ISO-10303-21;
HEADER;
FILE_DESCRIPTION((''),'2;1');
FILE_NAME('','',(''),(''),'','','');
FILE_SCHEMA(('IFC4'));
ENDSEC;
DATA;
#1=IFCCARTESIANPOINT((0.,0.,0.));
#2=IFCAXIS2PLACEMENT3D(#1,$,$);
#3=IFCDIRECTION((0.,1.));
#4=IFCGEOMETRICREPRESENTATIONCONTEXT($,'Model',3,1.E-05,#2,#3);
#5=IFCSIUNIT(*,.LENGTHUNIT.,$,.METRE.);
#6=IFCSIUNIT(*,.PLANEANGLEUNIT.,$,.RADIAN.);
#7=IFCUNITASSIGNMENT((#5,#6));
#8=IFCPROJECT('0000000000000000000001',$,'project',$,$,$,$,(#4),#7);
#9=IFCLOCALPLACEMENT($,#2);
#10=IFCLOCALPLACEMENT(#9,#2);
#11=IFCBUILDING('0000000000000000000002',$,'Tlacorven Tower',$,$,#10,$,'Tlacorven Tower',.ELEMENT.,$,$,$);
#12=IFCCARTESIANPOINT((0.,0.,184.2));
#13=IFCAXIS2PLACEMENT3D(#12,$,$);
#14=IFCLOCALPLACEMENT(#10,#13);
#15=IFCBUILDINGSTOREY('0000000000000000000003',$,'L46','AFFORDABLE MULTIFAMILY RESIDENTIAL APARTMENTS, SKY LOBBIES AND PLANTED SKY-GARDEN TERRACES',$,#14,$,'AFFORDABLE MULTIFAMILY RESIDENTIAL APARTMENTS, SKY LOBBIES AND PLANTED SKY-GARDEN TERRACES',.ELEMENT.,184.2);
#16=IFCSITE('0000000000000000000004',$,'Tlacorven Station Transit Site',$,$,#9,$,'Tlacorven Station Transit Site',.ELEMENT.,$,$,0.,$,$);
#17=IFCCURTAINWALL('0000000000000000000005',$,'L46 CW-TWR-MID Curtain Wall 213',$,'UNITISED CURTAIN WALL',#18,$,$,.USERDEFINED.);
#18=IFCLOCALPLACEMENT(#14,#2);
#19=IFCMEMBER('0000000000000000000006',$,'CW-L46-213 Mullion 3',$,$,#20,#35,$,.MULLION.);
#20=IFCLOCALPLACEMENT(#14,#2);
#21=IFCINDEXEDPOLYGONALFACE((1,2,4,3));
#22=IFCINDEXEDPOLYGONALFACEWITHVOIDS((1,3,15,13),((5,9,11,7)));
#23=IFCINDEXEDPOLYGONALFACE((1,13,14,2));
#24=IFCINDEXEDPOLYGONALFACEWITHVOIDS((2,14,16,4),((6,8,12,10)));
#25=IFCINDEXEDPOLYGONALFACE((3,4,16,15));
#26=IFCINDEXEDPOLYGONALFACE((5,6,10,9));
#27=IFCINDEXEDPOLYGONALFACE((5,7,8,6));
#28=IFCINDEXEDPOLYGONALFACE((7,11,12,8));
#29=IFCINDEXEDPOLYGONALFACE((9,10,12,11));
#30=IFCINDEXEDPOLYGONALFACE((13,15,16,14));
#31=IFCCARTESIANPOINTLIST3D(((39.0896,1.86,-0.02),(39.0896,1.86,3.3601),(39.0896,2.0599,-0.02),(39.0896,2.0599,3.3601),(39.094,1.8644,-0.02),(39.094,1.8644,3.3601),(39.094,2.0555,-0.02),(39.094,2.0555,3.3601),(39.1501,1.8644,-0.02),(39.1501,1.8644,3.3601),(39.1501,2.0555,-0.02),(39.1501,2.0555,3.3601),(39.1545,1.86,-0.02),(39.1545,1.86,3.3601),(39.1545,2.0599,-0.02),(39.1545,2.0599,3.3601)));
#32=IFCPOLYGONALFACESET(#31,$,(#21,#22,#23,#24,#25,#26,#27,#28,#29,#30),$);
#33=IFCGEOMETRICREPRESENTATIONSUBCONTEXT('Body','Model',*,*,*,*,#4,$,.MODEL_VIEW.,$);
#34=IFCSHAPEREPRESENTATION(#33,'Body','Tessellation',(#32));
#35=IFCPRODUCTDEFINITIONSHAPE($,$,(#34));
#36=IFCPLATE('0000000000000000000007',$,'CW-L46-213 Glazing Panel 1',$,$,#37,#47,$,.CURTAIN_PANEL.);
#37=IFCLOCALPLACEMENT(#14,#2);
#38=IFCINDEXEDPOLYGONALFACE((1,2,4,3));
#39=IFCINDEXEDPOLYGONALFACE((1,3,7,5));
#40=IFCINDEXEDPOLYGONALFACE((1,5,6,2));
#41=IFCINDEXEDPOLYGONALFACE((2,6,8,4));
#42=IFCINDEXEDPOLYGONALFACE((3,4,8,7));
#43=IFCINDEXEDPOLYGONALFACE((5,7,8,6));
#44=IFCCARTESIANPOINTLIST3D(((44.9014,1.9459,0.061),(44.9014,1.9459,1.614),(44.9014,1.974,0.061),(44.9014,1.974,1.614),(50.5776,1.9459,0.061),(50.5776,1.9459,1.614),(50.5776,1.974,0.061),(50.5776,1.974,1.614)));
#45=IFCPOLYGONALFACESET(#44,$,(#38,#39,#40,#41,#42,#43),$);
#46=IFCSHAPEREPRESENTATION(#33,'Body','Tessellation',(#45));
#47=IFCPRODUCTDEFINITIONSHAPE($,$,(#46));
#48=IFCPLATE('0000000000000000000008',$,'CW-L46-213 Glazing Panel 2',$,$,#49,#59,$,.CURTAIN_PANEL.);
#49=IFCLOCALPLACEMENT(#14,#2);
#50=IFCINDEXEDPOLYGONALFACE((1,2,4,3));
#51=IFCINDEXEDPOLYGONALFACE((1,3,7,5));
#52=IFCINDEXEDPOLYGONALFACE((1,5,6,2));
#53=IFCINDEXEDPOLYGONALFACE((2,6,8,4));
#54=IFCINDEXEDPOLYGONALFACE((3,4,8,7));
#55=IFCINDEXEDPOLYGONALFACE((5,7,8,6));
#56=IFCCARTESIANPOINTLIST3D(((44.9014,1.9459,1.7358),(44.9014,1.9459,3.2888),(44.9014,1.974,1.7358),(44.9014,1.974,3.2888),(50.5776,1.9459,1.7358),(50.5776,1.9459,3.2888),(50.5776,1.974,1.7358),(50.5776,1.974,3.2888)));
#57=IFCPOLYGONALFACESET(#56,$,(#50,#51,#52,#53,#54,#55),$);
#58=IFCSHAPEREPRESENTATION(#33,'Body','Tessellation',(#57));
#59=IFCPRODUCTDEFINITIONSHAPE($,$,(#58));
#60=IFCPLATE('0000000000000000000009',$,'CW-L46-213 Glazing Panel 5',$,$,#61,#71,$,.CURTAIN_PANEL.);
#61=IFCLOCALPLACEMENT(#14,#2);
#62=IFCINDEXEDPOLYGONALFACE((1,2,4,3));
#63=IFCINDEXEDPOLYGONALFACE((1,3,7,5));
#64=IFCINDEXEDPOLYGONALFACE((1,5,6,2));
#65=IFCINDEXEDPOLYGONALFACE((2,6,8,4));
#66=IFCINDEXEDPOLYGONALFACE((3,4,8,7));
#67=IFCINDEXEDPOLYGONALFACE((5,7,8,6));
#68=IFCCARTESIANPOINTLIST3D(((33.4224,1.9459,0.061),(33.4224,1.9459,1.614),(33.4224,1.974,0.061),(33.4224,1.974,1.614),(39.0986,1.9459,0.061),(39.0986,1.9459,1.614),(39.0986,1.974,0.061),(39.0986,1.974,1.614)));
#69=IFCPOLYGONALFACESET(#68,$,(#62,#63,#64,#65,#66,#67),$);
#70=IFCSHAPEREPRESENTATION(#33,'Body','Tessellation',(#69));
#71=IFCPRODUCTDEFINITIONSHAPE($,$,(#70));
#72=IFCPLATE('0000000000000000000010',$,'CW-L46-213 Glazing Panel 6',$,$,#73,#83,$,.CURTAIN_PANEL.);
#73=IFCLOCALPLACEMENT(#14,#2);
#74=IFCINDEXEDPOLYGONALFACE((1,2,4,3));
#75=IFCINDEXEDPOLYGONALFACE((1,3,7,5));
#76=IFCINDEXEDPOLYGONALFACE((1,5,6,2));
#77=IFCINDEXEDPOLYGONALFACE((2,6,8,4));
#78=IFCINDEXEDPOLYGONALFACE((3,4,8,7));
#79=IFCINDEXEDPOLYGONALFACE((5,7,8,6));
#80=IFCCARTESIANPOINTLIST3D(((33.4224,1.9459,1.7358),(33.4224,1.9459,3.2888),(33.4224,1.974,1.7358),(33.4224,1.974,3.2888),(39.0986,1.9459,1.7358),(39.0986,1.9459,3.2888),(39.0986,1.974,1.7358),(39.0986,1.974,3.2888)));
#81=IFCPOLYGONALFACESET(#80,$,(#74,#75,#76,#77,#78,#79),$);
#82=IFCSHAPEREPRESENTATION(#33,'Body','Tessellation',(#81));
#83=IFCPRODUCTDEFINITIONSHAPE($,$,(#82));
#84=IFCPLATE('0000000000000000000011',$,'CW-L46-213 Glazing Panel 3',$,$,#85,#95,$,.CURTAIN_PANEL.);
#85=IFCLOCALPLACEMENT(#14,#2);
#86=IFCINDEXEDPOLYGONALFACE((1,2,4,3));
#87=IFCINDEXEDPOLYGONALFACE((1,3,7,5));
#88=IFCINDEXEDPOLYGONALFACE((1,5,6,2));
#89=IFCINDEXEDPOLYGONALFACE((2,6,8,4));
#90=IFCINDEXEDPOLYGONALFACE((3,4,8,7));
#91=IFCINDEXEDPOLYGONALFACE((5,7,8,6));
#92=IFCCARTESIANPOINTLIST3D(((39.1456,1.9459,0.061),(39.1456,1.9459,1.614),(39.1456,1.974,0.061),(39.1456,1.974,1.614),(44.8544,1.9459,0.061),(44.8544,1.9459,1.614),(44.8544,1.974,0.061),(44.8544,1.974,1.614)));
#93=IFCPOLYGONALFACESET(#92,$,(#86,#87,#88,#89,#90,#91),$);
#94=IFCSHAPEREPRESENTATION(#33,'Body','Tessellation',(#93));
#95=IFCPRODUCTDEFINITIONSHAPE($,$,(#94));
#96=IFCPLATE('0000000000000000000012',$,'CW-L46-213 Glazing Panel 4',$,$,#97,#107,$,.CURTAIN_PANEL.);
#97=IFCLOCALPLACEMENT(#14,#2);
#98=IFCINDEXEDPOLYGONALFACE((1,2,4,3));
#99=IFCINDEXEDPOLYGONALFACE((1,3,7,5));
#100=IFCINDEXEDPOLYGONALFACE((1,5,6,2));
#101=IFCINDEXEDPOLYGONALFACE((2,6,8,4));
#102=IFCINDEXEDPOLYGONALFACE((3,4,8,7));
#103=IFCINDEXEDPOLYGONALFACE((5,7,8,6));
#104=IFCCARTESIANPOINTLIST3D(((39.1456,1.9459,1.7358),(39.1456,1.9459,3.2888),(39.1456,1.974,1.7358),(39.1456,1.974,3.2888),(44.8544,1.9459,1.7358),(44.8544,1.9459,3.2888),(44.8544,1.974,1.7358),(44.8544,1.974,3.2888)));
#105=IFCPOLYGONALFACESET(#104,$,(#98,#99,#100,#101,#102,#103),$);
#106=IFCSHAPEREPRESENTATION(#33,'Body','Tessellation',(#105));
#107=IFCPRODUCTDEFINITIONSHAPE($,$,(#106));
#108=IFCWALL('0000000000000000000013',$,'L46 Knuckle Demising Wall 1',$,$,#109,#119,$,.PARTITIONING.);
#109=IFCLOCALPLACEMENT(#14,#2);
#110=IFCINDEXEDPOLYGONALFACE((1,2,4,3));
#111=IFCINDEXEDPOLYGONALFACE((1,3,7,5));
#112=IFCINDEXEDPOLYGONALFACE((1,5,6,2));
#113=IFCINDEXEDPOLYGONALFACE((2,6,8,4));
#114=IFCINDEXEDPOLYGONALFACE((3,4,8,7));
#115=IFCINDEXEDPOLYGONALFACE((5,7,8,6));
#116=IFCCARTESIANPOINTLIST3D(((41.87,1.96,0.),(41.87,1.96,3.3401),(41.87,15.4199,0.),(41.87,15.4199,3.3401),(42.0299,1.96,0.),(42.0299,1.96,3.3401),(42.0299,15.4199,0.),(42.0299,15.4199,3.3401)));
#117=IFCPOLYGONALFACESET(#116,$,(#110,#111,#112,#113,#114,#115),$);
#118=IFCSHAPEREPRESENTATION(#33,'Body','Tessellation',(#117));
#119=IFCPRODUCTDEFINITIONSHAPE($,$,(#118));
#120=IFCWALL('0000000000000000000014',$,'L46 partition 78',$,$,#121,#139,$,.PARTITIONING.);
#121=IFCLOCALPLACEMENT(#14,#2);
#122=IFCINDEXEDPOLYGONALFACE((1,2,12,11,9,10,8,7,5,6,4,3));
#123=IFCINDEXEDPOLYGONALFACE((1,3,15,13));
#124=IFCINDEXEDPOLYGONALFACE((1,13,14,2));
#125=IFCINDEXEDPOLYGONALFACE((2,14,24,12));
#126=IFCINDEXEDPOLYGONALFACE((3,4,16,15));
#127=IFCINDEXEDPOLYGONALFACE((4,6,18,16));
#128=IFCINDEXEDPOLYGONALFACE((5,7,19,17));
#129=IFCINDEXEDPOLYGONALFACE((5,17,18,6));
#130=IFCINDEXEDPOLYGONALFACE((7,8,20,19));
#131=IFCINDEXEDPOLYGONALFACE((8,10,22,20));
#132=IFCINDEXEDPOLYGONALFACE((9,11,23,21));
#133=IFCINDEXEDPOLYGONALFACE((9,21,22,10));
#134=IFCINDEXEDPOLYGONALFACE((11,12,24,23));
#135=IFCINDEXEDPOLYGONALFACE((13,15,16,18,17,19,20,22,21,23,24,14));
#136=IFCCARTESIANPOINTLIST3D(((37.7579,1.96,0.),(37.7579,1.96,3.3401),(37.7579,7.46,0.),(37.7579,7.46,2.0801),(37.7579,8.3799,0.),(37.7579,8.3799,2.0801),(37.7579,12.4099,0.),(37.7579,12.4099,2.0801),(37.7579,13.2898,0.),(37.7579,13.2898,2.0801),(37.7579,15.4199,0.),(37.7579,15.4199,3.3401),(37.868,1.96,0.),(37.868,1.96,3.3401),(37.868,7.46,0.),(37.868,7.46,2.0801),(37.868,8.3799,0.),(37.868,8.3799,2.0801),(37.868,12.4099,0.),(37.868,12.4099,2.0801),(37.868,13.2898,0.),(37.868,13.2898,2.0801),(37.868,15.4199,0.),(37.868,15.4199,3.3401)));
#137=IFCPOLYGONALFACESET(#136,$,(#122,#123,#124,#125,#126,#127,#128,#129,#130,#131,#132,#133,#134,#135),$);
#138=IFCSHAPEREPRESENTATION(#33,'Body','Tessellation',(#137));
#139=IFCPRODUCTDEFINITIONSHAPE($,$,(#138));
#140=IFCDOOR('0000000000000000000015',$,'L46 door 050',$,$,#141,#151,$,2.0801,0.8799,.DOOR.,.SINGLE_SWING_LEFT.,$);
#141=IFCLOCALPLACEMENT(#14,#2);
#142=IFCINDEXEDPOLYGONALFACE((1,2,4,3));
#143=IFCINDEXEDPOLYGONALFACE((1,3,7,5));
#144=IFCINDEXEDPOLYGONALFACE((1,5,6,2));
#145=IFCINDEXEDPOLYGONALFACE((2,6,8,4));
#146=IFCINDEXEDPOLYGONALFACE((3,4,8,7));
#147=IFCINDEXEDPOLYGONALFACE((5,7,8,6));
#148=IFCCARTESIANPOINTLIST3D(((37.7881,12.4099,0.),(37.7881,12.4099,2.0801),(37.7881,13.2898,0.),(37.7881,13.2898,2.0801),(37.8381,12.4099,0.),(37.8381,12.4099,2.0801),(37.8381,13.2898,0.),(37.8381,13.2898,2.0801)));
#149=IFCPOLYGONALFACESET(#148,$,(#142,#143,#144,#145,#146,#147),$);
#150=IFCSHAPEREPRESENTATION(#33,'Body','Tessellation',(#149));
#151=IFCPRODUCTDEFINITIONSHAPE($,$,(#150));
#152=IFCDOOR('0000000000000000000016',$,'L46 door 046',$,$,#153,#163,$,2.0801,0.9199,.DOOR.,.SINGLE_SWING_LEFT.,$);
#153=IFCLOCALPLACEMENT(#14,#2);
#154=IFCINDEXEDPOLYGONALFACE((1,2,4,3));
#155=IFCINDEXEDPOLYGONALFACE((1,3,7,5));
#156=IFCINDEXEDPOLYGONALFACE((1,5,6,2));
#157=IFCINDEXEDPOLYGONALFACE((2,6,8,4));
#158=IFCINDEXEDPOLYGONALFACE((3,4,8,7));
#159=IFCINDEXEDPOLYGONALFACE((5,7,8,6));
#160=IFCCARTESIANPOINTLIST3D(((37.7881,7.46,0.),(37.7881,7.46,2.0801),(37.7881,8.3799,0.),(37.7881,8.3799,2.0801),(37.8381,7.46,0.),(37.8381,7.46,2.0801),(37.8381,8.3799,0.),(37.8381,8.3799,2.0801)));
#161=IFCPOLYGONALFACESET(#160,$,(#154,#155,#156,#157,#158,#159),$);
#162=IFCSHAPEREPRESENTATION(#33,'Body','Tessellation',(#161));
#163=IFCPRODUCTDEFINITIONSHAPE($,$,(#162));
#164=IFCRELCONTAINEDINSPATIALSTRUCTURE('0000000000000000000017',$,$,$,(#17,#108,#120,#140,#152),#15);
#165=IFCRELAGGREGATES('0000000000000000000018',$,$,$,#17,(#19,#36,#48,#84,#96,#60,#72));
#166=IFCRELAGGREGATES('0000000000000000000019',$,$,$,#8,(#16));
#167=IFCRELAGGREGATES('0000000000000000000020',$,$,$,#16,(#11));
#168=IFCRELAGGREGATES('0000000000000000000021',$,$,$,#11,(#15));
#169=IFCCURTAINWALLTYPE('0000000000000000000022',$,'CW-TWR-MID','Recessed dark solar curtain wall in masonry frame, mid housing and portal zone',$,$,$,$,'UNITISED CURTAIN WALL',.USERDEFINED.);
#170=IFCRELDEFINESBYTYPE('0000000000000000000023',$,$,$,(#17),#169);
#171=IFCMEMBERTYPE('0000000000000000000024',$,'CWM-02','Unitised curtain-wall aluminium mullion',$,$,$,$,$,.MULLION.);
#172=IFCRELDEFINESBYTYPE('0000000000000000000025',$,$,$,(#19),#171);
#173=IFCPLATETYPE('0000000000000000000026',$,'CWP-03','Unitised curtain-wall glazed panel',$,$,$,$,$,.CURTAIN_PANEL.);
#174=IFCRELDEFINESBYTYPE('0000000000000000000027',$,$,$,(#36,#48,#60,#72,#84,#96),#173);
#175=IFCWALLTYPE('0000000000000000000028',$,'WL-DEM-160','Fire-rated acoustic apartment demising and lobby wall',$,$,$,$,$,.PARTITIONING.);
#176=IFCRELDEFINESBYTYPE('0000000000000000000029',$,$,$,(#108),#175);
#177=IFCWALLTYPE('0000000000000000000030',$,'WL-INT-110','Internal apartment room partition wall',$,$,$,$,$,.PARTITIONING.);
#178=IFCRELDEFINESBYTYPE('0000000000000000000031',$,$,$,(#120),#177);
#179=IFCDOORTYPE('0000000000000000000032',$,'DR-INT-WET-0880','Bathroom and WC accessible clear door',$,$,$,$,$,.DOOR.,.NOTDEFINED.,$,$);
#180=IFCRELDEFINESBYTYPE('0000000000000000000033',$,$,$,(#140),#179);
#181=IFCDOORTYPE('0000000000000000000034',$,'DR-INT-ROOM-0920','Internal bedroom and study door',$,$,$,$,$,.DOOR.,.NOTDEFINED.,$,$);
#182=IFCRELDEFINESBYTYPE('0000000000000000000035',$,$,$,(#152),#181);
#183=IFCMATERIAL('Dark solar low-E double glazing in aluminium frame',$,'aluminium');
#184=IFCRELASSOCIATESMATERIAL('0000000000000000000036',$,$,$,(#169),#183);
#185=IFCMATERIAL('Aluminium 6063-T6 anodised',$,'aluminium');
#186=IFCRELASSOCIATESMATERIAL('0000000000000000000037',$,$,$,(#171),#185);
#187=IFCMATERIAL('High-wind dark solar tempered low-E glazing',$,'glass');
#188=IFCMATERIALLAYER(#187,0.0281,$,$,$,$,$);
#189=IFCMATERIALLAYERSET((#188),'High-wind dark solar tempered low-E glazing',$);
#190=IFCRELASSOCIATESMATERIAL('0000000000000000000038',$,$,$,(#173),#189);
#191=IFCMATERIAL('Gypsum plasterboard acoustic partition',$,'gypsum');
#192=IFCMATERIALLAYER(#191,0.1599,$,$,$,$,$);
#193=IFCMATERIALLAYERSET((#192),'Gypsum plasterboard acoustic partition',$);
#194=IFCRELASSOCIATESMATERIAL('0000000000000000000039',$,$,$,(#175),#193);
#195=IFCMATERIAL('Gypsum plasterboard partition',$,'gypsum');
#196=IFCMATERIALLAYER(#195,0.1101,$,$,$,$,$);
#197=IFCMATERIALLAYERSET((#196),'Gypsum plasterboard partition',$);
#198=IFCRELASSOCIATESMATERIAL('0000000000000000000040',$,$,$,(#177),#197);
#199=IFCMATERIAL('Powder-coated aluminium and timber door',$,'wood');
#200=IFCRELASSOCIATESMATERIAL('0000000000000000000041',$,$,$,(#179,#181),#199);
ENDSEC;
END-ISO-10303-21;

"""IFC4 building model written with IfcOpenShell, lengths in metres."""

from ifc_helpers import new_model, si_unit, direction, frame, frame_2d, origin, origin_2d, place, context, subcontext, project, spatial, rectangle, hollow_rectangle, extrude, source, transform, mapped, material, layer, layer_set, material_profile, profile_set, type_object, element, fill, aggregate, save


model = new_model("IFC4")

# Units and contexts
model_context = context("Model", 3, precision=1e-05, world=origin(), true_north=direction((0.0, 1.0)))
body_context = subcontext(model_context, "Body", "Model", "MODEL_VIEW")
ifc_project = project(units=[si_unit("LENGTHUNIT", "METRE"), si_unit("PLANEANGLEUNIT", "RADIAN")], contexts=[model_context])

# Site, building, storey
site_placement = place(None, origin())
site = spatial("IfcSite", under=ifc_project, at=site_placement, Name="Tlacorven Station Transit Site", LongName="Tlacorven Station Transit Site", CompositionType="ELEMENT", RefElevation=0.0)
building_placement = place(site_placement, origin())
building = spatial("IfcBuilding", under=site, at=building_placement, Name="Tlacorven Tower", LongName="Tlacorven Tower", CompositionType="ELEMENT")
storey_placement = place(building_placement, frame((0.0, 0.0, 184.2)))
storey = spatial("IfcBuildingStorey", under=building, at=storey_placement, Name="L46", Description="AFFORDABLE MULTIFAMILY RESIDENTIAL APARTMENTS, SKY LOBBIES AND PLANTED SKY-GARDEN TERRACES", LongName="AFFORDABLE MULTIFAMILY RESIDENTIAL APARTMENTS, SKY LOBBIES AND PLANTED SKY-GARDEN TERRACES", CompositionType="ELEMENT", Elevation=184.2)

# Curtain wall, member, plates
ifc_material_1 = material(Name="Dark solar low-E double glazing in aluminium frame", Category="aluminium")
curtain_wall_type = type_object("IfcCurtainWallType", Name="CW-TWR-MID", Description="Recessed dark solar curtain wall in masonry frame, mid housing and portal zone", ElementType="UNITISED CURTAIN WALL", PredefinedType="USERDEFINED", material=ifc_material_1)
curtain_wall_placement = place(storey_placement, origin())
curtain_wall = element("IfcCurtainWall", 1, at=curtain_wall_placement, inside=storey, type_object=curtain_wall_type, Name="L46 CW-TWR-MID Curtain Wall 213", ObjectType="UNITISED CURTAIN WALL", PredefinedType="USERDEFINED")
ifc_material_2 = material(Name="Aluminium 6063-T6 anodised", Category="aluminium")
ifc_material_profile_1 = material_profile(ifc_material_2, hollow_rectangle(XDim=0.0649, YDim=0.2, WallThickness=0.0044, at=origin_2d()), Name="ALU MULLION 65X200")
ifc_profile_set_1 = profile_set([ifc_material_profile_1], Name="Aluminium 6063-T6 anodised")
member_type_1 = type_object("IfcMemberType", Name="CWM-02", Description="Unitised curtain-wall aluminium mullion", PredefinedType="MULLION", material=ifc_profile_set_1)
shared_shape_1 = source(origin(), body_context, "Body", "SweptSolid", [
    extrude(hollow_rectangle(XDim=0.0649, YDim=0.2, WallThickness=0.0044, at=origin_2d()), origin(), (0.0, 0.0, 1.0), 3.3801),
])
member_1_placement = place(storey_placement, frame((39.1221, 1.96, -0.02), z_axis=(0.0, 0.0, 1.0), x_axis=(-1.0, 0.0, 0.0)))
member_1 = element("IfcMember", 2, at=member_1_placement, type_object=member_type_1, Name="CW-L46-213 Mullion 3", PredefinedType="MULLION", context=body_context, shape_type="MappedRepresentation", body=[
    mapped(shared_shape_1, transform((0.0, 0.0, 0.0), scale=1.0)),
])
ifc_material_3 = material(Name="High-wind dark solar tempered low-E glazing", Category="glass")
ifc_layer_1 = layer(ifc_material_3, 0.0281)
ifc_layer_set_1 = layer_set([ifc_layer_1], Name="High-wind dark solar tempered low-E glazing")
plate_type = type_object("IfcPlateType", Name="CWP-03", Description="Unitised curtain-wall glazed panel", PredefinedType="CURTAIN_PANEL", material=ifc_layer_set_1)
shared_shape_2 = source(origin(), body_context, "Body", "SweptSolid", [
    extrude(rectangle(XDim=5.6763, YDim=0.0281, at=origin_2d()), origin(), (0.0, 0.0, 1.0), 1.553),
])
plate_1_placement = place(storey_placement, frame((47.7395, 1.96, 0.061), z_axis=(0.0, 0.0, 1.0), x_axis=(-1.0, 0.0, 0.0)))
plate_1 = element("IfcPlate", 3, at=plate_1_placement, type_object=plate_type, Name="CW-L46-213 Glazing Panel 1", PredefinedType="CURTAIN_PANEL", context=body_context, shape_type="MappedRepresentation", body=[
    mapped(shared_shape_2, transform((0.0, 0.0, 0.0), scale=1.0)),
])
plate_2_placement = place(storey_placement, frame((47.7395, 1.96, 1.7358), z_axis=(0.0, 0.0, 1.0), x_axis=(-1.0, 0.0, 0.0)))
plate_2 = element("IfcPlate", 4, at=plate_2_placement, type_object=plate_type, Name="CW-L46-213 Glazing Panel 2", PredefinedType="CURTAIN_PANEL", context=body_context, shape_type="MappedRepresentation", body=[
    mapped(shared_shape_2, transform((0.0, 0.0, 0.0), scale=1.0)),
])
plate_3_placement = place(storey_placement, frame((36.2605, 1.96, 0.061), z_axis=(0.0, 0.0, 1.0), x_axis=(-1.0, 0.0, 0.0)))
plate_3 = element("IfcPlate", 5, at=plate_3_placement, type_object=plate_type, Name="CW-L46-213 Glazing Panel 5", PredefinedType="CURTAIN_PANEL", context=body_context, shape_type="MappedRepresentation", body=[
    mapped(shared_shape_2, transform((0.0, 0.0, 0.0), scale=1.0)),
])
plate_4_placement = place(storey_placement, frame((36.2605, 1.96, 1.7358), z_axis=(0.0, 0.0, 1.0), x_axis=(-1.0, 0.0, 0.0)))
plate_4 = element("IfcPlate", 6, at=plate_4_placement, type_object=plate_type, Name="CW-L46-213 Glazing Panel 6", PredefinedType="CURTAIN_PANEL", context=body_context, shape_type="MappedRepresentation", body=[
    mapped(shared_shape_2, transform((0.0, 0.0, 0.0), scale=1.0)),
])
shared_shape_3 = source(origin(), body_context, "Body", "SweptSolid", [
    extrude(rectangle(XDim=5.7087, YDim=0.0281, at=origin_2d()), origin(), (0.0, 0.0, 1.0), 1.553),
])
plate_5_placement = place(storey_placement, frame((42.0, 1.96, 0.061), z_axis=(0.0, 0.0, 1.0), x_axis=(-1.0, 0.0, 0.0)))
plate_5 = element("IfcPlate", 7, at=plate_5_placement, type_object=plate_type, Name="CW-L46-213 Glazing Panel 3", PredefinedType="CURTAIN_PANEL", context=body_context, shape_type="MappedRepresentation", body=[
    mapped(shared_shape_3, transform((0.0, 0.0, 0.0), scale=1.0)),
])
plate_6_placement = place(storey_placement, frame((42.0, 1.96, 1.7358), z_axis=(0.0, 0.0, 1.0), x_axis=(-1.0, 0.0, 0.0)))
plate_6 = element("IfcPlate", 8, at=plate_6_placement, type_object=plate_type, Name="CW-L46-213 Glazing Panel 4", PredefinedType="CURTAIN_PANEL", context=body_context, shape_type="MappedRepresentation", body=[
    mapped(shared_shape_3, transform((0.0, 0.0, 0.0), scale=1.0)),
])
aggregate(curtain_wall, [member_1, plate_1, plate_2, plate_5, plate_6, plate_3, plate_4])

# Wall
ifc_material_4 = material(Name="Gypsum plasterboard acoustic partition", Category="gypsum")
ifc_layer_2 = layer(ifc_material_4, 0.1599)
ifc_layer_set_2 = layer_set([ifc_layer_2], Name="Gypsum plasterboard acoustic partition")
wall_type_1 = type_object("IfcWallType", Name="WL-DEM-160", Description="Fire-rated acoustic apartment demising and lobby wall", PredefinedType="PARTITIONING", material=ifc_layer_set_2)
wall_1_placement = place(storey_placement, frame((41.95, 1.96, 0.0), z_axis=(0.0, 0.0, 1.0), x_axis=(0.0, 1.0, 0.0)))
element("IfcWall", 9, at=wall_1_placement, inside=storey, type_object=wall_type_1, Name="L46 Knuckle Demising Wall 1", PredefinedType="PARTITIONING", context=body_context, shape_type="SweptSolid", body=[
    extrude(rectangle(XDim=13.46, YDim=0.1599, at=frame_2d((6.73, 0.0))), origin(), (0.0, 0.0, 1.0), 3.3401),
])

# Wall, openings, doors
ifc_material_5 = material(Name="Gypsum plasterboard partition", Category="gypsum")
ifc_layer_3 = layer(ifc_material_5, 0.1101)
ifc_layer_set_3 = layer_set([ifc_layer_3], Name="Gypsum plasterboard partition")
wall_type_2 = type_object("IfcWallType", Name="WL-INT-110", Description="Internal apartment room partition wall", PredefinedType="PARTITIONING", material=ifc_layer_set_3)
wall_2_placement = place(storey_placement, frame((37.813, 1.96, 0.0), z_axis=(0.0, 0.0, 1.0), x_axis=(0.0, 1.0, 0.0)))
wall_2 = element("IfcWall", 10, at=wall_2_placement, inside=storey, type_object=wall_type_2, Name="L46 partition 78", PredefinedType="PARTITIONING", context=body_context, shape_type="SweptSolid", body=[
    extrude(rectangle(XDim=13.46, YDim=0.1101, at=frame_2d((6.73, 0.0))), origin(), (0.0, 0.0, 1.0), 3.3401),
])
opening_1_placement = place(wall_2_placement, frame((5.5, 0.0, 0.0)))
opening_1 = element("IfcOpeningElement", 11, at=opening_1_placement, cuts=wall_2, PredefinedType="OPENING", context=body_context, shape_type="SweptSolid", body=[
    extrude(rectangle(XDim=0.9199, YDim=2.0801, at=frame_2d((0.46, 1.04))), frame((0.0, 0.0649, 0.0), z_axis=(0.0, -1.0, 0.0), x_axis=(1.0, 0.0, 0.0)), (0.0, 0.0, 1.0), 0.1301),
])
opening_2_placement = place(wall_2_placement, frame((10.45, 0.0, 0.0)))
opening_2 = element("IfcOpeningElement", 12, at=opening_2_placement, cuts=wall_2, PredefinedType="OPENING", context=body_context, shape_type="SweptSolid", body=[
    extrude(rectangle(XDim=0.8799, YDim=2.0801, at=frame_2d((0.4399, 1.04))), frame((0.0, 0.0649, 0.0), z_axis=(0.0, -1.0, 0.0), x_axis=(1.0, 0.0, 0.0)), (0.0, 0.0, 1.0), 0.1301),
])
ifc_material_6 = material(Name="Powder-coated aluminium and timber door", Category="wood")
door_type_1 = type_object("IfcDoorType", Name="DR-INT-WET-0880", Description="Bathroom and WC accessible clear door", OperationType="NOTDEFINED", PredefinedType="DOOR", material=ifc_material_6)
shared_shape_4 = source(origin(), body_context, "Body", "SweptSolid", [
    extrude(rectangle(XDim=0.8799, YDim=2.0801, at=frame_2d((0.4399, 1.04))), frame((0.0, 0.0249, 0.0), z_axis=(0.0, -1.0, 0.0), x_axis=(1.0, 0.0, 0.0)), (0.0, 0.0, 1.0), 0.05),
])
door_1_placement = place(opening_2_placement, origin())
door_1 = element("IfcDoor", 13, at=door_1_placement, inside=storey, type_object=door_type_1, Name="L46 door 050", OperationType="SINGLE_SWING_LEFT", OverallHeight=2.0801, OverallWidth=0.8799, PredefinedType="DOOR", context=body_context, shape_type="MappedRepresentation", body=[
    mapped(shared_shape_4, transform((0.0, 0.0, 0.0), scale=1.0)),
])
fill(opening_2, door_1)
door_type_2 = type_object("IfcDoorType", Name="DR-INT-ROOM-0920", Description="Internal bedroom and study door", OperationType="NOTDEFINED", PredefinedType="DOOR", material=ifc_material_6)
shared_shape_5 = source(origin(), body_context, "Body", "SweptSolid", [
    extrude(rectangle(XDim=0.9199, YDim=2.0801, at=frame_2d((0.46, 1.04))), frame((0.0, 0.0249, 0.0), z_axis=(0.0, -1.0, 0.0), x_axis=(1.0, 0.0, 0.0)), (0.0, 0.0, 1.0), 0.05),
])
door_2_placement = place(opening_1_placement, origin())
door_2 = element("IfcDoor", 14, at=door_2_placement, inside=storey, type_object=door_type_2, Name="L46 door 046", OperationType="SINGLE_SWING_LEFT", OverallHeight=2.0801, OverallWidth=0.9199, PredefinedType="DOOR", context=body_context, shape_type="MappedRepresentation", body=[
    mapped(shared_shape_5, transform((0.0, 0.0, 0.0), scale=1.0)),
])
fill(opening_1, door_2)

save(model, "model.ifc")
